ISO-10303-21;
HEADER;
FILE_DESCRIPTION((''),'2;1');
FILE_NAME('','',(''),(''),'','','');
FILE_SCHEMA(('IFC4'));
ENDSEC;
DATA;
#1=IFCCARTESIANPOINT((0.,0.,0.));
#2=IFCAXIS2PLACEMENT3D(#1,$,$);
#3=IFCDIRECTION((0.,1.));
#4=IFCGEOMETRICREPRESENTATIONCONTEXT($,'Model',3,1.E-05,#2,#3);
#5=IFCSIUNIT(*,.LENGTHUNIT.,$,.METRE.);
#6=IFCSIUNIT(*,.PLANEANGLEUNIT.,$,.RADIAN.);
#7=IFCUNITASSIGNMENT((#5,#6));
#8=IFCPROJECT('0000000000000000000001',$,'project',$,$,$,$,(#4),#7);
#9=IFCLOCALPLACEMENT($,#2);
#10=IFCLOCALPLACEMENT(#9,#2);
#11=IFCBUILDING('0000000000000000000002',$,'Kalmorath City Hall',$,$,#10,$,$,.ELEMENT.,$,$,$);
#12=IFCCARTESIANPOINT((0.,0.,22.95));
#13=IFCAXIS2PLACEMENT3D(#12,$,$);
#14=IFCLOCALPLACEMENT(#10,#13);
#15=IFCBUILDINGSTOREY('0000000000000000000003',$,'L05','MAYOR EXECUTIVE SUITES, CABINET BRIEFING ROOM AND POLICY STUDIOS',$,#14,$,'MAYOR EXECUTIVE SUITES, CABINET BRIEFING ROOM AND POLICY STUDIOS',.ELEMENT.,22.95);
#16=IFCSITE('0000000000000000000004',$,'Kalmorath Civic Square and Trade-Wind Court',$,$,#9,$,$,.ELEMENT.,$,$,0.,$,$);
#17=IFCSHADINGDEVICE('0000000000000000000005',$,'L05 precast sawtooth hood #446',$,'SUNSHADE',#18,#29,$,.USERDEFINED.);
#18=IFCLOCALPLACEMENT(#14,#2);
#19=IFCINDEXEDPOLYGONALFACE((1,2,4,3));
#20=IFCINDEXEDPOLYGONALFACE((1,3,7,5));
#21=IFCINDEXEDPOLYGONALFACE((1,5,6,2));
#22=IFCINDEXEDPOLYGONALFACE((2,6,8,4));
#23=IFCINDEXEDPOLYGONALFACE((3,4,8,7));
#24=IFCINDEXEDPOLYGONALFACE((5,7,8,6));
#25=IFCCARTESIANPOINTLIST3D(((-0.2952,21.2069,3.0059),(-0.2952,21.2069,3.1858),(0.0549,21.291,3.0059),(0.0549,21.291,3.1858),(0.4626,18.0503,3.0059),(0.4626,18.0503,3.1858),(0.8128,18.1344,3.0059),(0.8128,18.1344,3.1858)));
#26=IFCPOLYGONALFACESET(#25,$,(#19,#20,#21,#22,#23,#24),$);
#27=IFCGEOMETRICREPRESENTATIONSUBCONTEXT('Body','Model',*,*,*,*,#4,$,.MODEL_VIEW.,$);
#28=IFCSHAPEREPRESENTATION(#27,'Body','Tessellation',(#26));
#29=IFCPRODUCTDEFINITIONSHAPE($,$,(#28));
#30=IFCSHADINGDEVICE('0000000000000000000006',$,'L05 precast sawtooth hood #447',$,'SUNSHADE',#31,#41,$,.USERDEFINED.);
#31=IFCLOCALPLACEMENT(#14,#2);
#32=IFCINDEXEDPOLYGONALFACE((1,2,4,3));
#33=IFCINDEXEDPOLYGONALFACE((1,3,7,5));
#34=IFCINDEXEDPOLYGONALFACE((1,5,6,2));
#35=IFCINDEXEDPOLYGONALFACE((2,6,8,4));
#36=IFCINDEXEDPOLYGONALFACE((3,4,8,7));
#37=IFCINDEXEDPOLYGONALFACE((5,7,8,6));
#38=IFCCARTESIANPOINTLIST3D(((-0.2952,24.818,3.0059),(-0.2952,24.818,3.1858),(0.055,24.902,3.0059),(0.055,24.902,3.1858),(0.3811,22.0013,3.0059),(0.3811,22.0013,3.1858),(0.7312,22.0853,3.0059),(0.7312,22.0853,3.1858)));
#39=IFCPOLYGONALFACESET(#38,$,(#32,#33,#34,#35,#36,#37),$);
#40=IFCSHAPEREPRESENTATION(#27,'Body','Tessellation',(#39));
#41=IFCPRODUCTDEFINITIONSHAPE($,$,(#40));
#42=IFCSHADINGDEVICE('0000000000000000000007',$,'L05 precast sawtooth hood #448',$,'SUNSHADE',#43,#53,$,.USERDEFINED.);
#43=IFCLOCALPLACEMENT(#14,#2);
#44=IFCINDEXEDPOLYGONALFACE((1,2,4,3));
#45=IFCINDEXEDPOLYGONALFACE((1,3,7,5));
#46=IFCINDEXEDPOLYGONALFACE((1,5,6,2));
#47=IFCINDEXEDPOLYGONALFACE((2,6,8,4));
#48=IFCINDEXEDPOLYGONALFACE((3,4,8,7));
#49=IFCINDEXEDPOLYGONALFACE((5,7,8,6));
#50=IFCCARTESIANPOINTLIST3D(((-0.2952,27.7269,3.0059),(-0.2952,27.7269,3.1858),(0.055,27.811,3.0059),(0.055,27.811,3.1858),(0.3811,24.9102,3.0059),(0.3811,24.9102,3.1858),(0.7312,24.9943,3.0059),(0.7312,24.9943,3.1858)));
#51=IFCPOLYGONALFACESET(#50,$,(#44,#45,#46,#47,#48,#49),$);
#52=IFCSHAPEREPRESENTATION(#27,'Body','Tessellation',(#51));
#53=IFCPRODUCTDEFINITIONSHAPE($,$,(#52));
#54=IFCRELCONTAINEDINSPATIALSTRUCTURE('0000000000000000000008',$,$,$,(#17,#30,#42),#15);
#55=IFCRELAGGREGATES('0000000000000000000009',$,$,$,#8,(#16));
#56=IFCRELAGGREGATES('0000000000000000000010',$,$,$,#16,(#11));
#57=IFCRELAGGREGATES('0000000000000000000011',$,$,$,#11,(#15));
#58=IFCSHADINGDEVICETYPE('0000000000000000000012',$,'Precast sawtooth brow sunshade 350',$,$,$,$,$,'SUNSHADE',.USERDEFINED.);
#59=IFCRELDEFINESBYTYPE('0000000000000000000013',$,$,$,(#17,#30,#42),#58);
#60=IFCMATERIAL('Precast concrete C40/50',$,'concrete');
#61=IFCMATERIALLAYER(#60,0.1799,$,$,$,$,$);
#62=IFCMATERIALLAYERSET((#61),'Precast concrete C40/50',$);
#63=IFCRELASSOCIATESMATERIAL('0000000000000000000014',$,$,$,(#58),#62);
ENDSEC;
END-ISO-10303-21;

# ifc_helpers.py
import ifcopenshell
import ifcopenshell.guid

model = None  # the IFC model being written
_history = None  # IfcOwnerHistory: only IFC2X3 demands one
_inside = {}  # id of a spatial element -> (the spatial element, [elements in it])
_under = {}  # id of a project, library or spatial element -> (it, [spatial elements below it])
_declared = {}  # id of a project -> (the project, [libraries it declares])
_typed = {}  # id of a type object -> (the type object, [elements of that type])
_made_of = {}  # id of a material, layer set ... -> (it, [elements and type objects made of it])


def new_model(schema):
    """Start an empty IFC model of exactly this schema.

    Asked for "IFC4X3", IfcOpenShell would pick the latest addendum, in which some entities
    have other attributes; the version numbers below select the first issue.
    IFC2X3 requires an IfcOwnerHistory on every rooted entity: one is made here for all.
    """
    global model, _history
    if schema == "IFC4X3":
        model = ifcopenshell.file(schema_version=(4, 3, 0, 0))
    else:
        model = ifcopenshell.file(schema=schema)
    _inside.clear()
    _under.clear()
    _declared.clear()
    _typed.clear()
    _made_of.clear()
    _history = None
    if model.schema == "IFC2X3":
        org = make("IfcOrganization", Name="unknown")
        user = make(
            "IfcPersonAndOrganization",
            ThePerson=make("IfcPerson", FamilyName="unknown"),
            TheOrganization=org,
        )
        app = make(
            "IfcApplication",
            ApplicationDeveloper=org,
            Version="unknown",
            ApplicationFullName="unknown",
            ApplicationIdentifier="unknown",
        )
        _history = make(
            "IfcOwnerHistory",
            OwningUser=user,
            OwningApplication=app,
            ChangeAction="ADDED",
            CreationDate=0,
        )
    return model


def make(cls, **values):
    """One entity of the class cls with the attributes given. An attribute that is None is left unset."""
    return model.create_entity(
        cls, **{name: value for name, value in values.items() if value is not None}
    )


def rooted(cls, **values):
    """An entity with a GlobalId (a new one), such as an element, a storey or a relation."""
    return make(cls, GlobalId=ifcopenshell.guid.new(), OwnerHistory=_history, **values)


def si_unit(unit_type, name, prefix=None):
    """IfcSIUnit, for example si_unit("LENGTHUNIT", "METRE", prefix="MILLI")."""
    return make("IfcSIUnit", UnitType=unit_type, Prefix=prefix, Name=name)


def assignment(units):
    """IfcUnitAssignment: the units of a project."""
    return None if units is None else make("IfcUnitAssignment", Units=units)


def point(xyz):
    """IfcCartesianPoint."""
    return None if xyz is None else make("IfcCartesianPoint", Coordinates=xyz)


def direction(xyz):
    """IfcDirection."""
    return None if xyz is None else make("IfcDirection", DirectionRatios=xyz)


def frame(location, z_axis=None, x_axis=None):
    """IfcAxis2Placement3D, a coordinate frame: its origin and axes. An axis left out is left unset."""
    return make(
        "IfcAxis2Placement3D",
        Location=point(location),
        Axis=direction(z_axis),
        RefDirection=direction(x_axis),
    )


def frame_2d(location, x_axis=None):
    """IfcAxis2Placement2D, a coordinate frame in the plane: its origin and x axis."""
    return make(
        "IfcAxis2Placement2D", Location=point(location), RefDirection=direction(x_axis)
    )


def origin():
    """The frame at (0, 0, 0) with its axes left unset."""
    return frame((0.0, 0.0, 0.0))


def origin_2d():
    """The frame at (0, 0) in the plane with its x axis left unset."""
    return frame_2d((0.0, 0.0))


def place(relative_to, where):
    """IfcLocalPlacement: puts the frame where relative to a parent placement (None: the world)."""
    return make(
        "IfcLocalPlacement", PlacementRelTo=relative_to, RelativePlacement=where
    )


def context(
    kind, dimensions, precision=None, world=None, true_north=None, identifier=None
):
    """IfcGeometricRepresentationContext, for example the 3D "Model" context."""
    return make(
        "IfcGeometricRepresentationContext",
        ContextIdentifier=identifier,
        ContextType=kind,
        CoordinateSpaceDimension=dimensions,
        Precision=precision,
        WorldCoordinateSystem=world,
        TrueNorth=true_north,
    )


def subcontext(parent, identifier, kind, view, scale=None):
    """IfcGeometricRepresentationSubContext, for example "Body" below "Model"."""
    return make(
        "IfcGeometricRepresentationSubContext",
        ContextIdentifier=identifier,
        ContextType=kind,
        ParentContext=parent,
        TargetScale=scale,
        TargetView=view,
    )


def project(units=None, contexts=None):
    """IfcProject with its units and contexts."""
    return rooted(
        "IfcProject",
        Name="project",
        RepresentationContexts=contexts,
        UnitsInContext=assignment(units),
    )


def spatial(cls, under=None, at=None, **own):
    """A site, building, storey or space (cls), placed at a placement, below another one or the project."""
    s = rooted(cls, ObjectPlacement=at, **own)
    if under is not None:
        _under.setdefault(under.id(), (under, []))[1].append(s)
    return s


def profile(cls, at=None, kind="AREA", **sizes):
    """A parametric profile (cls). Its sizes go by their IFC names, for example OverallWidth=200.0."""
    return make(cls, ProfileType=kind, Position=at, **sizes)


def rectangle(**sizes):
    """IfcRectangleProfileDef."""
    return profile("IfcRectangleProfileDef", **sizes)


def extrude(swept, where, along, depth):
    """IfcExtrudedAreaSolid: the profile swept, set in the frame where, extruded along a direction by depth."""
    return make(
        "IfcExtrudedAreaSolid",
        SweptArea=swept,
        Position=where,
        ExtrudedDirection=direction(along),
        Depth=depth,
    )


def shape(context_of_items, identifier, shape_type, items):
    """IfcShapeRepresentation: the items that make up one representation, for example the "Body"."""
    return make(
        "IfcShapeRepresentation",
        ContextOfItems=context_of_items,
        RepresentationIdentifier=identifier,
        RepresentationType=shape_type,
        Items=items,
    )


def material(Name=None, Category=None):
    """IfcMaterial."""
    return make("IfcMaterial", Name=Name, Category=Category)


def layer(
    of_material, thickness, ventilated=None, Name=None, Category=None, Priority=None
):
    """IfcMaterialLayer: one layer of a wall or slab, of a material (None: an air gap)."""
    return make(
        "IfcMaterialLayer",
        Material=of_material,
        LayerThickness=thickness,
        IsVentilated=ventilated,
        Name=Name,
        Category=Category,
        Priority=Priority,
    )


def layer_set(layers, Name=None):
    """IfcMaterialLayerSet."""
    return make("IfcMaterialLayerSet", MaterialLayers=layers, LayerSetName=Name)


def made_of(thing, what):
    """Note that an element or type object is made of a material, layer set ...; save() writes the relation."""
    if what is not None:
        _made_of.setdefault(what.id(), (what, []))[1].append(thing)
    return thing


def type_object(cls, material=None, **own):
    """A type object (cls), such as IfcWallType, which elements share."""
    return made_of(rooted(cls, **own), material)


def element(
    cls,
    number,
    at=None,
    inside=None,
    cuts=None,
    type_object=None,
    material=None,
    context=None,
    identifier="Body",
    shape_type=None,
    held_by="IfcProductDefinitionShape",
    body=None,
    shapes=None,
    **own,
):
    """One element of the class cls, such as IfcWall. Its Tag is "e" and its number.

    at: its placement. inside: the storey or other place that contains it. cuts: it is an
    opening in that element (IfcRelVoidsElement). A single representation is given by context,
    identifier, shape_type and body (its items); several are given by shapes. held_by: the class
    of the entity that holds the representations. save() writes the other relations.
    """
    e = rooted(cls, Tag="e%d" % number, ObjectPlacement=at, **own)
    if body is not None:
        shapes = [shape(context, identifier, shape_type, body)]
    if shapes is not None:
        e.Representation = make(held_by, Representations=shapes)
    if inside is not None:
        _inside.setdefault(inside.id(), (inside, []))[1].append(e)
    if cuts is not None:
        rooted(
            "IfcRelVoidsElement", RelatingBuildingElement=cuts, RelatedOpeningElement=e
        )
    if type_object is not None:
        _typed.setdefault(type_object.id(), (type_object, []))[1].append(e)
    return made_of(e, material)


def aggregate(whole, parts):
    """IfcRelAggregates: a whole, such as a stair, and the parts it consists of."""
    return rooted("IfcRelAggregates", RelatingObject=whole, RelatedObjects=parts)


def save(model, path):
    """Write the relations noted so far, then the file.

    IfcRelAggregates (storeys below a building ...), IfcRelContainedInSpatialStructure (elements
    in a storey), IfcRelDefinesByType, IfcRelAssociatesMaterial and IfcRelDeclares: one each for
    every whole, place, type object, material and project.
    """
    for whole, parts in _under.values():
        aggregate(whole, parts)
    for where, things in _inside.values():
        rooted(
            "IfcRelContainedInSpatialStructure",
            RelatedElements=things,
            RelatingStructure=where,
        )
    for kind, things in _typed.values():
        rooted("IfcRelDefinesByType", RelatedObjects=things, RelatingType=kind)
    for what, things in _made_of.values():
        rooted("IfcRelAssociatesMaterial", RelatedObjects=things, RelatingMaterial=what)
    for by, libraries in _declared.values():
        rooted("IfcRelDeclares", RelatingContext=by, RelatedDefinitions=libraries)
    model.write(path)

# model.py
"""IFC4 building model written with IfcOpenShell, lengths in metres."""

from ifc_helpers import new_model, si_unit, direction, frame, origin, origin_2d, place, context, subcontext, project, spatial, rectangle, extrude, material, layer, layer_set, type_object, element, save


model = new_model("IFC4")

# Units and contexts
model_context = context("Model", 3, precision=1e-05, world=origin(), true_north=direction((0.0, 1.0)))
body_context = subcontext(model_context, "Body", "Model", "MODEL_VIEW")
ifc_project = project(units=[si_unit("LENGTHUNIT", "METRE"), si_unit("PLANEANGLEUNIT", "RADIAN")], contexts=[model_context])

# Site, building, storey
site_placement = place(None, origin())
site = spatial("IfcSite", under=ifc_project, at=site_placement, Name="Kalmorath Civic Square and Trade-Wind Court", CompositionType="ELEMENT", RefElevation=0.0)
building_placement = place(site_placement, origin())
building = spatial("IfcBuilding", under=site, at=building_placement, Name="Kalmorath City Hall", CompositionType="ELEMENT")
storey_placement = place(building_placement, frame((0.0, 0.0, 22.95)))
storey = spatial("IfcBuildingStorey", under=building, at=storey_placement, Name="L05", Description="MAYOR EXECUTIVE SUITES, CABINET BRIEFING ROOM AND POLICY STUDIOS", LongName="MAYOR EXECUTIVE SUITES, CABINET BRIEFING ROOM AND POLICY STUDIOS", CompositionType="ELEMENT", Elevation=22.95)

# Shading devices
ifc_material_1 = material(Name="Precast concrete C40/50", Category="concrete")
ifc_layer_1 = layer(ifc_material_1, 0.1799)
ifc_layer_set_1 = layer_set([ifc_layer_1], Name="Precast concrete C40/50")
shading_device_type = type_object("IfcShadingDeviceType", Name="Precast sawtooth brow sunshade 350", ElementType="SUNSHADE", PredefinedType="USERDEFINED", material=ifc_layer_set_1)
shading_device_placement = place(storey_placement, frame((0.2588, 19.6707, 3.0059), z_axis=(0.0, 0.0, 1.0), x_axis=(-0.233445, 0.97237, 0.0)))
element("IfcShadingDevice", 1, at=shading_device_placement, inside=storey, type_object=shading_device_type, Name="L05 precast sawtooth hood #446", ObjectType="SUNSHADE", PredefinedType="USERDEFINED", context=body_context, shape_type="SweptSolid", body=[
    extrude(rectangle(XDim=3.2463, YDim=0.3601, at=origin_2d()), origin(), (0.0, 0.0, 1.0), 0.1799),
])
for number, where, z_axis, x_axis, name in (
    (2, (0.218, 23.4517, 3.0059), (0.0, 0.0, 1.0), (-0.233445, 0.97237, 0.0), "L05 precast sawtooth hood #447"),
    (3, (0.218, 26.3606, 3.0059), (0.0, 0.0, 1.0), (-0.233445, 0.97237, 0.0), "L05 precast sawtooth hood #448"),
):
    element("IfcShadingDevice", number, at=place(storey_placement, frame(where, z_axis=z_axis, x_axis=x_axis)), inside=storey, type_object=shading_device_type, Name=name, ObjectType="SUNSHADE", PredefinedType="USERDEFINED", context=body_context, shape_type="SweptSolid", body=[
        extrude(rectangle(XDim=2.8967, YDim=0.3601, at=origin_2d()), origin(), (0.0, 0.0, 1.0), 0.1799),
    ])

save(model, "model.ifc")
